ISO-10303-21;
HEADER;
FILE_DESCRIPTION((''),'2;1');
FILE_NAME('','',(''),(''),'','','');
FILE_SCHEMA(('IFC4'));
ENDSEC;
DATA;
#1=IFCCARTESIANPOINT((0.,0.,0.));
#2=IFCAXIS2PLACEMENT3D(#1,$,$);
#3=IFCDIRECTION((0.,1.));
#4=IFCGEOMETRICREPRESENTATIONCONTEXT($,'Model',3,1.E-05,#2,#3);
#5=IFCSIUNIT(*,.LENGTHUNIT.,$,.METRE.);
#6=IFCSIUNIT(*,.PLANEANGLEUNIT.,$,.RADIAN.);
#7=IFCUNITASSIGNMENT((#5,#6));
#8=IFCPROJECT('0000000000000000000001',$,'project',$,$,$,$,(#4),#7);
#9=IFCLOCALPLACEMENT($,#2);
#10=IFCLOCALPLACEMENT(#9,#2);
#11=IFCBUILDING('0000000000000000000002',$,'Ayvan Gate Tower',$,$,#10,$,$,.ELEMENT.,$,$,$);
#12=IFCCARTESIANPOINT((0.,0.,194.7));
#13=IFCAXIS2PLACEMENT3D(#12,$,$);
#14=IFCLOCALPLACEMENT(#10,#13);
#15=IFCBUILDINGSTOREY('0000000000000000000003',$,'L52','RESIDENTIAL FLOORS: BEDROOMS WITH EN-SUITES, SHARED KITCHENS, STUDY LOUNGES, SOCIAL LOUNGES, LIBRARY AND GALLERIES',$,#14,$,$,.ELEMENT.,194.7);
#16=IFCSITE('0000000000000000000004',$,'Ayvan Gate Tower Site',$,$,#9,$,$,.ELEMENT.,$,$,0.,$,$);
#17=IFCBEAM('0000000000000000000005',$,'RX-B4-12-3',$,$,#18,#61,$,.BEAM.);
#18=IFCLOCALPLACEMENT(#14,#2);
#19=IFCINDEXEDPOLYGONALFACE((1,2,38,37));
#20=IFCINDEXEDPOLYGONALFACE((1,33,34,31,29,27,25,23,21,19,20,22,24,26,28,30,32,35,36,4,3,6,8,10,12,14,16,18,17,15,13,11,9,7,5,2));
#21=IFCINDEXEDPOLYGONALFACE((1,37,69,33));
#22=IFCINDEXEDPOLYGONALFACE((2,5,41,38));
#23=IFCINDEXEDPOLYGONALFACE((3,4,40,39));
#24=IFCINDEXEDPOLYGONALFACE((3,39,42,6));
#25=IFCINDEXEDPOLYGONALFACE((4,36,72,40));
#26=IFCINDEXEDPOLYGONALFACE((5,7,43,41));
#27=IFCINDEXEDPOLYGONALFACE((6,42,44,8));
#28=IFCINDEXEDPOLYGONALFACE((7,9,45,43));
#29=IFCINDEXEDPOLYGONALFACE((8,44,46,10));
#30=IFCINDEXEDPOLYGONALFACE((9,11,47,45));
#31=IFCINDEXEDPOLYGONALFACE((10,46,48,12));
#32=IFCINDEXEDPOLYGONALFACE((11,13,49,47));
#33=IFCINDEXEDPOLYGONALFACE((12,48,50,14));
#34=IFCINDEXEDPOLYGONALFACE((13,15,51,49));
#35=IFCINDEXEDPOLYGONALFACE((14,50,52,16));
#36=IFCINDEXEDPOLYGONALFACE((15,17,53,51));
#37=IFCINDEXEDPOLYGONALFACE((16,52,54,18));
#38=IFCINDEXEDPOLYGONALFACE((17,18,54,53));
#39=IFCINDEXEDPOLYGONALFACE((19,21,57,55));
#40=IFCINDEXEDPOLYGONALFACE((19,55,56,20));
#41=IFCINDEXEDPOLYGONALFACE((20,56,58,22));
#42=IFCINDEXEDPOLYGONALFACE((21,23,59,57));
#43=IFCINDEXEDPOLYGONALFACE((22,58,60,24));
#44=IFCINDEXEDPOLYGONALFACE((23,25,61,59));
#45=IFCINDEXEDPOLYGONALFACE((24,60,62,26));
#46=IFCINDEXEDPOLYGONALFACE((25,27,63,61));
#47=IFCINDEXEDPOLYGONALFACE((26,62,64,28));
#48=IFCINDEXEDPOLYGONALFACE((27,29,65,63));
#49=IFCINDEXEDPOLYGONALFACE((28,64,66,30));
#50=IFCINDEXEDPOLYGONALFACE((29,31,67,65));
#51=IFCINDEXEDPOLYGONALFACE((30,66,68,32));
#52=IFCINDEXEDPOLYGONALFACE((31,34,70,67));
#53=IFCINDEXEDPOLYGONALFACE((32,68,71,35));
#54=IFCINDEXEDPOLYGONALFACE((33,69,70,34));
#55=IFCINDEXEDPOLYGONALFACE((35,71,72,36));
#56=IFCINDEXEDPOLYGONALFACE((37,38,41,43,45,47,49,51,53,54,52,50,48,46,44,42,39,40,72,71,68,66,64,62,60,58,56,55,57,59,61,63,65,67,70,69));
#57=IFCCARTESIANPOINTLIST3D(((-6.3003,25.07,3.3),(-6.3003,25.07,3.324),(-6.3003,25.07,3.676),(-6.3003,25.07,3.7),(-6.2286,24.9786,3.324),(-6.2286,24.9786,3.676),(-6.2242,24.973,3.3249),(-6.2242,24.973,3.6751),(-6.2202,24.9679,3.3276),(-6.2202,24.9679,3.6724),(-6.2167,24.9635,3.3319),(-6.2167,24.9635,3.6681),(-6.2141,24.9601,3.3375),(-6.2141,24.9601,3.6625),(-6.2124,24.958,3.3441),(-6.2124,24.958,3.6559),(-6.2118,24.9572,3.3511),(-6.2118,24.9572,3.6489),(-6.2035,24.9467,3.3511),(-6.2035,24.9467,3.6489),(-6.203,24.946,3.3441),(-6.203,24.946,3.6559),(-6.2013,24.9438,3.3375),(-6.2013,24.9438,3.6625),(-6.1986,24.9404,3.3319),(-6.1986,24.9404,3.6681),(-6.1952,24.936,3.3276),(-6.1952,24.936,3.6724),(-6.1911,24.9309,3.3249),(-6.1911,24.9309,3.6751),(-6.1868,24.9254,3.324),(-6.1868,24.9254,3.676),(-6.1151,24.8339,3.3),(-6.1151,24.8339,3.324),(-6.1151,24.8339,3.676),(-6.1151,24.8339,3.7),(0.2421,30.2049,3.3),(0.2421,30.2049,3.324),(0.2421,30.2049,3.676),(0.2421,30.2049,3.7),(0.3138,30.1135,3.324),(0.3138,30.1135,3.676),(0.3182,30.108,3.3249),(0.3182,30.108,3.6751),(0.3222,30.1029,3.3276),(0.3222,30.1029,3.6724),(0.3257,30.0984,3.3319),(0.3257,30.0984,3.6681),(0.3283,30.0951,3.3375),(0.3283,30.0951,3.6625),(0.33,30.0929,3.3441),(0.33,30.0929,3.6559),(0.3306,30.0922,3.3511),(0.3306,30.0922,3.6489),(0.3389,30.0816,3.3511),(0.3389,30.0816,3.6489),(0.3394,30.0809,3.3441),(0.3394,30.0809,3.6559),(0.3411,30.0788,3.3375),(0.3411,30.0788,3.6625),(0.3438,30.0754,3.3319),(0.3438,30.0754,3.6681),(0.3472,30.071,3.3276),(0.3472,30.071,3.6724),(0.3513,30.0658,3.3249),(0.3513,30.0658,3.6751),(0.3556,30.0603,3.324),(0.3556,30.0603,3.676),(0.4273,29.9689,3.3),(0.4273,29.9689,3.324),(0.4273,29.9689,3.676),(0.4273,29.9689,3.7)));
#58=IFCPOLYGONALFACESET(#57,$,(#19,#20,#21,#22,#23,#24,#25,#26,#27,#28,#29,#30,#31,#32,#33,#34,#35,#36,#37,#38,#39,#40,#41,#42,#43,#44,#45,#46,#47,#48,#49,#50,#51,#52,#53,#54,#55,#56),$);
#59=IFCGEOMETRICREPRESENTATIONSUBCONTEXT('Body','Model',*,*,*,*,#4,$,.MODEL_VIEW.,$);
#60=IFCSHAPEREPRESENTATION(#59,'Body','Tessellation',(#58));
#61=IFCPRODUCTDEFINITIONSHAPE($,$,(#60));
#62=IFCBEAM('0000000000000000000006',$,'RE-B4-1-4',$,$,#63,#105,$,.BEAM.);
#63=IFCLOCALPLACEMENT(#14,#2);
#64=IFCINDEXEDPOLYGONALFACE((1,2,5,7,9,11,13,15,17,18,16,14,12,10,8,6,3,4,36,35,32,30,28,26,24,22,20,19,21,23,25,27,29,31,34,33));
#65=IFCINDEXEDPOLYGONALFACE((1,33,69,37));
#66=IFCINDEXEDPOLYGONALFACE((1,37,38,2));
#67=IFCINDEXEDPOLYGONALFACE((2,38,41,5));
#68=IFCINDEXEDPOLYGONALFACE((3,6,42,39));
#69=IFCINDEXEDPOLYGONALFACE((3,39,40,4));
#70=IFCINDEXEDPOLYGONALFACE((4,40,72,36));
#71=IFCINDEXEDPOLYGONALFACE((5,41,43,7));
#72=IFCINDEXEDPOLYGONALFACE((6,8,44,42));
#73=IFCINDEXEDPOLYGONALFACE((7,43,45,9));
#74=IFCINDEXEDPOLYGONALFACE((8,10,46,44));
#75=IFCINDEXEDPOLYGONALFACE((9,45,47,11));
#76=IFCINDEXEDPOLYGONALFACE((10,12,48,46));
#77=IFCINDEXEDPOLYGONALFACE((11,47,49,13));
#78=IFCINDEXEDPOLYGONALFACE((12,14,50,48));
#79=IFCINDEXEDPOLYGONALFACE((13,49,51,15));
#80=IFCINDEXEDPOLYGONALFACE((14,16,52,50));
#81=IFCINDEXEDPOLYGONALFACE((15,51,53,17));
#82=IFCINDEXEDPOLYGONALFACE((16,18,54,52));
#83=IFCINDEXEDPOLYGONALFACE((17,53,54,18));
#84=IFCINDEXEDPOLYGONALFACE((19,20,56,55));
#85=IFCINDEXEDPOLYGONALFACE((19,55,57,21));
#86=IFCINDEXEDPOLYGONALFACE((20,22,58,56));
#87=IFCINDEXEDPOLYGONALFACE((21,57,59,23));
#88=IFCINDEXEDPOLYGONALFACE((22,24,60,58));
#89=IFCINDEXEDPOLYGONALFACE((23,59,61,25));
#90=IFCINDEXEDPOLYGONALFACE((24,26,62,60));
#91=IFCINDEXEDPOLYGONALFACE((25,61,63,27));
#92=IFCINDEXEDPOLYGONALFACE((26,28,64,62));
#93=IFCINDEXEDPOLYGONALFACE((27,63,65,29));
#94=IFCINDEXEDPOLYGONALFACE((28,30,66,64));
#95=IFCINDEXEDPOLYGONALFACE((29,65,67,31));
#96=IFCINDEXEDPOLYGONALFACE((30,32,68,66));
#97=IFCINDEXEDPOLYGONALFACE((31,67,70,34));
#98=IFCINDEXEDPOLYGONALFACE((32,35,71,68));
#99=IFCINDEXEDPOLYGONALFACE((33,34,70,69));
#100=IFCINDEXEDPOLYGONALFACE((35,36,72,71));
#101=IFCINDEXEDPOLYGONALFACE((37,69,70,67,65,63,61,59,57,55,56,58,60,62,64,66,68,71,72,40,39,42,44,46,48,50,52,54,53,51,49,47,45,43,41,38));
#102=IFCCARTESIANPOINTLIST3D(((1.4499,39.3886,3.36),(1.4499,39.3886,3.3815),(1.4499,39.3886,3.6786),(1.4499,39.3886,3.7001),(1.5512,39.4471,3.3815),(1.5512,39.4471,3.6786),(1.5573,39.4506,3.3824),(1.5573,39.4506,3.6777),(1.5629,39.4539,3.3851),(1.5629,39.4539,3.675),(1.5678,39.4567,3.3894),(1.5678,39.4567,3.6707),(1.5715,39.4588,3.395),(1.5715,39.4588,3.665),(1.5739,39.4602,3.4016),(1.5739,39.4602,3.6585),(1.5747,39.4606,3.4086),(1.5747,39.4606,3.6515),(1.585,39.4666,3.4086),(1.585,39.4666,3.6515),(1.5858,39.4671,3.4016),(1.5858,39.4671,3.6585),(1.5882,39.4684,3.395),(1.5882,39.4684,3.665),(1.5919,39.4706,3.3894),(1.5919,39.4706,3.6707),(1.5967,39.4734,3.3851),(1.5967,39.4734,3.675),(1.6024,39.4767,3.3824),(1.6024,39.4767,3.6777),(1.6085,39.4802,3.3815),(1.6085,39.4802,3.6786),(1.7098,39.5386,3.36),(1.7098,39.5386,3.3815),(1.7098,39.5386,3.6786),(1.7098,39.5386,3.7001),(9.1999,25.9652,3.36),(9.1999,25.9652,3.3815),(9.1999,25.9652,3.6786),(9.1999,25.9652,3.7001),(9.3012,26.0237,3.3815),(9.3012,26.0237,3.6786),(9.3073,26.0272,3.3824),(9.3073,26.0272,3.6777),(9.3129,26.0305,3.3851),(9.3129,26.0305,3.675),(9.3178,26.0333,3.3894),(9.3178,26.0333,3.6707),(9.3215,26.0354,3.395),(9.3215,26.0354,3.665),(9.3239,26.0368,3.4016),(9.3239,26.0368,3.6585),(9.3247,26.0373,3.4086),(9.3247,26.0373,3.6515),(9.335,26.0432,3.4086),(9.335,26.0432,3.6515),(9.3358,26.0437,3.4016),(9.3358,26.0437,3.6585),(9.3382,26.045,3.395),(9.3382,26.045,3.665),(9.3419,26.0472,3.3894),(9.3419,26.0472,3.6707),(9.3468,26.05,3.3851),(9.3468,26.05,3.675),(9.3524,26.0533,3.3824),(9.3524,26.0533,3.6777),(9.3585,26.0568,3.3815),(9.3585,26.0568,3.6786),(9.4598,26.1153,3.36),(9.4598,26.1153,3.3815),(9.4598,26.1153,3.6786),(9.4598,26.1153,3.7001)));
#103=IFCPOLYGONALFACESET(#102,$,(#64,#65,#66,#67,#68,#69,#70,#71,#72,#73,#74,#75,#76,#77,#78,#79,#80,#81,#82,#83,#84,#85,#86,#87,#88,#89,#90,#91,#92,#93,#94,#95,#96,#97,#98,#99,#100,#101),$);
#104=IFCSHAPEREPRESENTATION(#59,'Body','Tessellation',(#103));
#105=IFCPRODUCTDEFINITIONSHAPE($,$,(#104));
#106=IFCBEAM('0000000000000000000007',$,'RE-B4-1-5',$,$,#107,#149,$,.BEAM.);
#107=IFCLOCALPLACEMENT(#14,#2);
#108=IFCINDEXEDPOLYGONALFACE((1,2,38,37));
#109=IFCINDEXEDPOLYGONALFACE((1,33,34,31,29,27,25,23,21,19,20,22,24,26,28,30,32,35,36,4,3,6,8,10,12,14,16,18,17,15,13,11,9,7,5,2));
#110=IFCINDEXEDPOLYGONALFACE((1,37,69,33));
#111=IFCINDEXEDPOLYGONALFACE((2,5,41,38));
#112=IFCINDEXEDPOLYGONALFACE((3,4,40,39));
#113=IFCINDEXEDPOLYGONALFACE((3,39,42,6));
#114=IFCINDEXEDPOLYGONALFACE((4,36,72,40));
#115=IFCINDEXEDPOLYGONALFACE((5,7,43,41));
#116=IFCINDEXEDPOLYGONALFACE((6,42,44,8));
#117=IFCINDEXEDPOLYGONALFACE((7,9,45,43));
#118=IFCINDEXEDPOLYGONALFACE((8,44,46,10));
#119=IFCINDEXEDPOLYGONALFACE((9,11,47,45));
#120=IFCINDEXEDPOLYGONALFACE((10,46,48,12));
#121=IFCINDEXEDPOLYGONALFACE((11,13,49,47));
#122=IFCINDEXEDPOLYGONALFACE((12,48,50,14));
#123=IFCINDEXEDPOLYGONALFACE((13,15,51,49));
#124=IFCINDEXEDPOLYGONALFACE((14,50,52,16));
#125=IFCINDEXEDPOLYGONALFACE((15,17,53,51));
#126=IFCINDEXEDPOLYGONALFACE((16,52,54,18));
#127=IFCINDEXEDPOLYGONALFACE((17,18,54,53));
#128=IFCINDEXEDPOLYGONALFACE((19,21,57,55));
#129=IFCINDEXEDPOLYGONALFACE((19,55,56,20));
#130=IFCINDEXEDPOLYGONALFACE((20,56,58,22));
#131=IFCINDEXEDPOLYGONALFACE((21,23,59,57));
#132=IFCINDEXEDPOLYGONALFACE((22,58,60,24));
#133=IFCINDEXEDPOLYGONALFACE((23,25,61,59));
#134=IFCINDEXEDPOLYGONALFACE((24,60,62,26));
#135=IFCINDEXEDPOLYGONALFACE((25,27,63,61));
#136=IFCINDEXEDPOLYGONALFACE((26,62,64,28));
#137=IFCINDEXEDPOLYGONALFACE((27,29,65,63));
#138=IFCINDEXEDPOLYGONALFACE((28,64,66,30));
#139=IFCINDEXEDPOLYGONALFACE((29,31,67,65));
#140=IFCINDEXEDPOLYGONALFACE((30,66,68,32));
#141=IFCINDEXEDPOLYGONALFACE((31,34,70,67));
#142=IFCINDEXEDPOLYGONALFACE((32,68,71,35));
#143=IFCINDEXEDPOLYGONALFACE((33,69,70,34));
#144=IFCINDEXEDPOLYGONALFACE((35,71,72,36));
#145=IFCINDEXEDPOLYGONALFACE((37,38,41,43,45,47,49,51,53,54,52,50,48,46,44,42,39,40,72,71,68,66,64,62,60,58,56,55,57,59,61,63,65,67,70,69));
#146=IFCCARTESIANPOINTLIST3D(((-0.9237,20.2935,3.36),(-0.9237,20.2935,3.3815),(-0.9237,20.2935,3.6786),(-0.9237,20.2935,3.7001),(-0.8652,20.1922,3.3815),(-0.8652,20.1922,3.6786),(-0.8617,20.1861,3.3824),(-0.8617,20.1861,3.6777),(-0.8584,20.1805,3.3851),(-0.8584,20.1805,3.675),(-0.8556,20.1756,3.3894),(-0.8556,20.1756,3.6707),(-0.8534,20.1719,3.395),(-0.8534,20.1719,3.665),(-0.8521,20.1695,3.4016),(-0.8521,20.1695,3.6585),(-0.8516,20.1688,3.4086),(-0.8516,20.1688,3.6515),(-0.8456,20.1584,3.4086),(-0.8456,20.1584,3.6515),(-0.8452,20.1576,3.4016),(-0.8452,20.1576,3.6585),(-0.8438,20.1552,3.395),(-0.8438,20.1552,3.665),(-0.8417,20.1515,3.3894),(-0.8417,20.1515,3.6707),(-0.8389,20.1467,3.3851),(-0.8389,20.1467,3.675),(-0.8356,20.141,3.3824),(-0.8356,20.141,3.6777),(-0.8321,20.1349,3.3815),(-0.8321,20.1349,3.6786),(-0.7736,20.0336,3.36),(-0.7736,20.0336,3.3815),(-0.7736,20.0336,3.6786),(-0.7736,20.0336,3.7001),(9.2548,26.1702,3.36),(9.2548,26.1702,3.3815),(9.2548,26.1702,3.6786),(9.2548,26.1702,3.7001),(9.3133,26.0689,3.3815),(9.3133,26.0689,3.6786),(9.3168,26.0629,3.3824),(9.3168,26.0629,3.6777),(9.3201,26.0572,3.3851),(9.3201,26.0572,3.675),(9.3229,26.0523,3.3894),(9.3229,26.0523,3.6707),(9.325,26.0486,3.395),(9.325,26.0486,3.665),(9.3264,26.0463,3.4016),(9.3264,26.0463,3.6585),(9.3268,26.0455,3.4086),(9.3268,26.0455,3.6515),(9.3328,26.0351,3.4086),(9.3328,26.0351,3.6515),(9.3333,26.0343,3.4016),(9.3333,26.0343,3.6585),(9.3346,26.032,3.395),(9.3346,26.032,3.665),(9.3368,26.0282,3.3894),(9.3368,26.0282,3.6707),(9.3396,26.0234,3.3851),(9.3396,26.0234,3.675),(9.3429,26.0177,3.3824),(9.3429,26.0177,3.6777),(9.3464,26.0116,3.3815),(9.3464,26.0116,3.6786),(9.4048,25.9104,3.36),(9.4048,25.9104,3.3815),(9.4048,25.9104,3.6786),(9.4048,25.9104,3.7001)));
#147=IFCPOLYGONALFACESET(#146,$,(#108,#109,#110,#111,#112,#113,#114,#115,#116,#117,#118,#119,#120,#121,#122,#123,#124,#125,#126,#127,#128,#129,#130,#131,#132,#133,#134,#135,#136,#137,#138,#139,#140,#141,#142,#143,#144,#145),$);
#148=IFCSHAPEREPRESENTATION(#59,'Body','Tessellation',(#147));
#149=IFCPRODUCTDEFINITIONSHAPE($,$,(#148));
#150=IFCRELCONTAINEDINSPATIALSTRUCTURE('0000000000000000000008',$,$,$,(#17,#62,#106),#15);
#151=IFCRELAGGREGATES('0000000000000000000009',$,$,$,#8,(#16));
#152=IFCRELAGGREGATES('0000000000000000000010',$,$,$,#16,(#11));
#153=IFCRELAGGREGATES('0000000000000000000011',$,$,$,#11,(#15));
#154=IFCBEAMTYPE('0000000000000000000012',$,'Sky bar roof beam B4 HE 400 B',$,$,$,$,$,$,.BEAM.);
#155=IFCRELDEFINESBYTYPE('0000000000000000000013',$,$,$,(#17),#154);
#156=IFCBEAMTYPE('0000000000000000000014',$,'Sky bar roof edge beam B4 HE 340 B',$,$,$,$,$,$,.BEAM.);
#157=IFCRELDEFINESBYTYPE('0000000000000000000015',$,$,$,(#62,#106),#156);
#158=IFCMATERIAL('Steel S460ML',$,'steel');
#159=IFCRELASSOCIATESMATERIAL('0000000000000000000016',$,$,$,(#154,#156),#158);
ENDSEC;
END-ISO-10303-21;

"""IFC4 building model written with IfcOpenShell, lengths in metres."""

from ifc_helpers import new_model, si_unit, direction, frame, origin, origin_2d, place, context, subcontext, project, spatial, i_section, extrude, material, material_profile, profile_set, type_object, element, save


model = new_model("IFC4")

# Units and contexts
model_context = context("Model", 3, precision=1e-05, world=origin(), true_north=direction((0.0, 1.0)))
body_context = subcontext(model_context, "Body", "Model", "MODEL_VIEW")
ifc_project = project(units=[si_unit("LENGTHUNIT", "METRE"), si_unit("PLANEANGLEUNIT", "RADIAN")], contexts=[model_context])

# Site, building, storey
site_placement = place(None, origin())
site = spatial("IfcSite", under=ifc_project, at=site_placement, Name="Ayvan Gate Tower Site", CompositionType="ELEMENT", RefElevation=0.0)
building_placement = place(site_placement, origin())
building = spatial("IfcBuilding", under=site, at=building_placement, Name="Ayvan Gate Tower", CompositionType="ELEMENT")
storey_placement = place(building_placement, frame((0.0, 0.0, 194.7)))
storey = spatial("IfcBuildingStorey", under=building, at=storey_placement, Name="L52", Description="RESIDENTIAL FLOORS: BEDROOMS WITH EN-SUITES, SHARED KITCHENS, STUDY LOUNGES, SOCIAL LOUNGES, LIBRARY AND GALLERIES", CompositionType="ELEMENT", Elevation=194.7)

# Beams
ifc_material_1 = material(Name="Steel S460ML", Category="steel")
ifc_material_profile_1 = material_profile(ifc_material_1, i_section(OverallWidth=0.3, OverallDepth=0.3999, WebThickness=0.0134, FlangeThickness=0.0239, FilletRadius=0.0271, at=origin_2d()), Name="HE 400 B")
ifc_profile_set_1 = profile_set([ifc_material_profile_1], Name="Steel S460ML")
beam_type_1 = type_object("IfcBeamType", Name="Sky bar roof beam B4 HE 400 B", PredefinedType="BEAM", material=ifc_profile_set_1)
beam_1_placement = place(storey_placement, frame((0.3347, 30.0869, 3.5), z_axis=(-0.78664, -0.617412, 0.0), x_axis=(0.617412, -0.78664, 0.0)))
element("IfcBeam", 1, at=beam_1_placement, inside=storey, type_object=beam_type_1, Name="RX-B4-12-3", PredefinedType="BEAM", context=body_context, shape_type="SweptSolid", body=[
    extrude(i_section(OverallWidth=0.3, OverallDepth=0.3999, WebThickness=0.0134, FlangeThickness=0.0239, FilletRadius=0.0271, at=origin_2d()), origin(), (0.0, 0.0, 1.0), 8.3169),
])
ifc_material_profile_2 = material_profile(ifc_material_1, i_section(OverallWidth=0.3, OverallDepth=0.3401, WebThickness=0.012, FlangeThickness=0.0215, FilletRadius=0.0271, at=origin_2d()), Name="HE 340 B")
ifc_profile_set_2 = profile_set([ifc_material_profile_2], Name="Steel S460ML")
beam_type_2 = type_object("IfcBeamType", Name="Sky bar roof edge beam B4 HE 340 B", PredefinedType="BEAM", material=ifc_profile_set_2)
beam_2_placement = place(storey_placement, frame((1.5798, 39.4636, 3.53), z_axis=(0.500002, -0.866025, 0.0), x_axis=(0.866025, 0.500002, 0.0)))
element("IfcBeam", 2, at=beam_2_placement, inside=storey, type_object=beam_type_2, Name="RE-B4-1-4", PredefinedType="BEAM", context=body_context, shape_type="SweptSolid", body=[
    extrude(i_section(OverallWidth=0.3, OverallDepth=0.3401, WebThickness=0.012, FlangeThickness=0.0215, FilletRadius=0.0271, at=origin_2d()), origin(), (0.0, 0.0, 1.0), 15.5),
])
beam_3_placement = place(storey_placement, frame((9.3298, 26.0403, 3.53), z_axis=(-0.866019, -0.500011, 0.0), x_axis=(0.500011, -0.866019, 0.0)))
element("IfcBeam", 3, at=beam_3_placement, inside=storey, type_object=beam_type_2, Name="RE-B4-1-5", PredefinedType="BEAM", context=body_context, shape_type="SweptSolid", body=[
    extrude(i_section(OverallWidth=0.3, OverallDepth=0.3401, WebThickness=0.012, FlangeThickness=0.0215, FilletRadius=0.0271, at=origin_2d()), origin(), (0.0, 0.0, 1.0), 11.7532),
])

save(model, "model.ifc")
